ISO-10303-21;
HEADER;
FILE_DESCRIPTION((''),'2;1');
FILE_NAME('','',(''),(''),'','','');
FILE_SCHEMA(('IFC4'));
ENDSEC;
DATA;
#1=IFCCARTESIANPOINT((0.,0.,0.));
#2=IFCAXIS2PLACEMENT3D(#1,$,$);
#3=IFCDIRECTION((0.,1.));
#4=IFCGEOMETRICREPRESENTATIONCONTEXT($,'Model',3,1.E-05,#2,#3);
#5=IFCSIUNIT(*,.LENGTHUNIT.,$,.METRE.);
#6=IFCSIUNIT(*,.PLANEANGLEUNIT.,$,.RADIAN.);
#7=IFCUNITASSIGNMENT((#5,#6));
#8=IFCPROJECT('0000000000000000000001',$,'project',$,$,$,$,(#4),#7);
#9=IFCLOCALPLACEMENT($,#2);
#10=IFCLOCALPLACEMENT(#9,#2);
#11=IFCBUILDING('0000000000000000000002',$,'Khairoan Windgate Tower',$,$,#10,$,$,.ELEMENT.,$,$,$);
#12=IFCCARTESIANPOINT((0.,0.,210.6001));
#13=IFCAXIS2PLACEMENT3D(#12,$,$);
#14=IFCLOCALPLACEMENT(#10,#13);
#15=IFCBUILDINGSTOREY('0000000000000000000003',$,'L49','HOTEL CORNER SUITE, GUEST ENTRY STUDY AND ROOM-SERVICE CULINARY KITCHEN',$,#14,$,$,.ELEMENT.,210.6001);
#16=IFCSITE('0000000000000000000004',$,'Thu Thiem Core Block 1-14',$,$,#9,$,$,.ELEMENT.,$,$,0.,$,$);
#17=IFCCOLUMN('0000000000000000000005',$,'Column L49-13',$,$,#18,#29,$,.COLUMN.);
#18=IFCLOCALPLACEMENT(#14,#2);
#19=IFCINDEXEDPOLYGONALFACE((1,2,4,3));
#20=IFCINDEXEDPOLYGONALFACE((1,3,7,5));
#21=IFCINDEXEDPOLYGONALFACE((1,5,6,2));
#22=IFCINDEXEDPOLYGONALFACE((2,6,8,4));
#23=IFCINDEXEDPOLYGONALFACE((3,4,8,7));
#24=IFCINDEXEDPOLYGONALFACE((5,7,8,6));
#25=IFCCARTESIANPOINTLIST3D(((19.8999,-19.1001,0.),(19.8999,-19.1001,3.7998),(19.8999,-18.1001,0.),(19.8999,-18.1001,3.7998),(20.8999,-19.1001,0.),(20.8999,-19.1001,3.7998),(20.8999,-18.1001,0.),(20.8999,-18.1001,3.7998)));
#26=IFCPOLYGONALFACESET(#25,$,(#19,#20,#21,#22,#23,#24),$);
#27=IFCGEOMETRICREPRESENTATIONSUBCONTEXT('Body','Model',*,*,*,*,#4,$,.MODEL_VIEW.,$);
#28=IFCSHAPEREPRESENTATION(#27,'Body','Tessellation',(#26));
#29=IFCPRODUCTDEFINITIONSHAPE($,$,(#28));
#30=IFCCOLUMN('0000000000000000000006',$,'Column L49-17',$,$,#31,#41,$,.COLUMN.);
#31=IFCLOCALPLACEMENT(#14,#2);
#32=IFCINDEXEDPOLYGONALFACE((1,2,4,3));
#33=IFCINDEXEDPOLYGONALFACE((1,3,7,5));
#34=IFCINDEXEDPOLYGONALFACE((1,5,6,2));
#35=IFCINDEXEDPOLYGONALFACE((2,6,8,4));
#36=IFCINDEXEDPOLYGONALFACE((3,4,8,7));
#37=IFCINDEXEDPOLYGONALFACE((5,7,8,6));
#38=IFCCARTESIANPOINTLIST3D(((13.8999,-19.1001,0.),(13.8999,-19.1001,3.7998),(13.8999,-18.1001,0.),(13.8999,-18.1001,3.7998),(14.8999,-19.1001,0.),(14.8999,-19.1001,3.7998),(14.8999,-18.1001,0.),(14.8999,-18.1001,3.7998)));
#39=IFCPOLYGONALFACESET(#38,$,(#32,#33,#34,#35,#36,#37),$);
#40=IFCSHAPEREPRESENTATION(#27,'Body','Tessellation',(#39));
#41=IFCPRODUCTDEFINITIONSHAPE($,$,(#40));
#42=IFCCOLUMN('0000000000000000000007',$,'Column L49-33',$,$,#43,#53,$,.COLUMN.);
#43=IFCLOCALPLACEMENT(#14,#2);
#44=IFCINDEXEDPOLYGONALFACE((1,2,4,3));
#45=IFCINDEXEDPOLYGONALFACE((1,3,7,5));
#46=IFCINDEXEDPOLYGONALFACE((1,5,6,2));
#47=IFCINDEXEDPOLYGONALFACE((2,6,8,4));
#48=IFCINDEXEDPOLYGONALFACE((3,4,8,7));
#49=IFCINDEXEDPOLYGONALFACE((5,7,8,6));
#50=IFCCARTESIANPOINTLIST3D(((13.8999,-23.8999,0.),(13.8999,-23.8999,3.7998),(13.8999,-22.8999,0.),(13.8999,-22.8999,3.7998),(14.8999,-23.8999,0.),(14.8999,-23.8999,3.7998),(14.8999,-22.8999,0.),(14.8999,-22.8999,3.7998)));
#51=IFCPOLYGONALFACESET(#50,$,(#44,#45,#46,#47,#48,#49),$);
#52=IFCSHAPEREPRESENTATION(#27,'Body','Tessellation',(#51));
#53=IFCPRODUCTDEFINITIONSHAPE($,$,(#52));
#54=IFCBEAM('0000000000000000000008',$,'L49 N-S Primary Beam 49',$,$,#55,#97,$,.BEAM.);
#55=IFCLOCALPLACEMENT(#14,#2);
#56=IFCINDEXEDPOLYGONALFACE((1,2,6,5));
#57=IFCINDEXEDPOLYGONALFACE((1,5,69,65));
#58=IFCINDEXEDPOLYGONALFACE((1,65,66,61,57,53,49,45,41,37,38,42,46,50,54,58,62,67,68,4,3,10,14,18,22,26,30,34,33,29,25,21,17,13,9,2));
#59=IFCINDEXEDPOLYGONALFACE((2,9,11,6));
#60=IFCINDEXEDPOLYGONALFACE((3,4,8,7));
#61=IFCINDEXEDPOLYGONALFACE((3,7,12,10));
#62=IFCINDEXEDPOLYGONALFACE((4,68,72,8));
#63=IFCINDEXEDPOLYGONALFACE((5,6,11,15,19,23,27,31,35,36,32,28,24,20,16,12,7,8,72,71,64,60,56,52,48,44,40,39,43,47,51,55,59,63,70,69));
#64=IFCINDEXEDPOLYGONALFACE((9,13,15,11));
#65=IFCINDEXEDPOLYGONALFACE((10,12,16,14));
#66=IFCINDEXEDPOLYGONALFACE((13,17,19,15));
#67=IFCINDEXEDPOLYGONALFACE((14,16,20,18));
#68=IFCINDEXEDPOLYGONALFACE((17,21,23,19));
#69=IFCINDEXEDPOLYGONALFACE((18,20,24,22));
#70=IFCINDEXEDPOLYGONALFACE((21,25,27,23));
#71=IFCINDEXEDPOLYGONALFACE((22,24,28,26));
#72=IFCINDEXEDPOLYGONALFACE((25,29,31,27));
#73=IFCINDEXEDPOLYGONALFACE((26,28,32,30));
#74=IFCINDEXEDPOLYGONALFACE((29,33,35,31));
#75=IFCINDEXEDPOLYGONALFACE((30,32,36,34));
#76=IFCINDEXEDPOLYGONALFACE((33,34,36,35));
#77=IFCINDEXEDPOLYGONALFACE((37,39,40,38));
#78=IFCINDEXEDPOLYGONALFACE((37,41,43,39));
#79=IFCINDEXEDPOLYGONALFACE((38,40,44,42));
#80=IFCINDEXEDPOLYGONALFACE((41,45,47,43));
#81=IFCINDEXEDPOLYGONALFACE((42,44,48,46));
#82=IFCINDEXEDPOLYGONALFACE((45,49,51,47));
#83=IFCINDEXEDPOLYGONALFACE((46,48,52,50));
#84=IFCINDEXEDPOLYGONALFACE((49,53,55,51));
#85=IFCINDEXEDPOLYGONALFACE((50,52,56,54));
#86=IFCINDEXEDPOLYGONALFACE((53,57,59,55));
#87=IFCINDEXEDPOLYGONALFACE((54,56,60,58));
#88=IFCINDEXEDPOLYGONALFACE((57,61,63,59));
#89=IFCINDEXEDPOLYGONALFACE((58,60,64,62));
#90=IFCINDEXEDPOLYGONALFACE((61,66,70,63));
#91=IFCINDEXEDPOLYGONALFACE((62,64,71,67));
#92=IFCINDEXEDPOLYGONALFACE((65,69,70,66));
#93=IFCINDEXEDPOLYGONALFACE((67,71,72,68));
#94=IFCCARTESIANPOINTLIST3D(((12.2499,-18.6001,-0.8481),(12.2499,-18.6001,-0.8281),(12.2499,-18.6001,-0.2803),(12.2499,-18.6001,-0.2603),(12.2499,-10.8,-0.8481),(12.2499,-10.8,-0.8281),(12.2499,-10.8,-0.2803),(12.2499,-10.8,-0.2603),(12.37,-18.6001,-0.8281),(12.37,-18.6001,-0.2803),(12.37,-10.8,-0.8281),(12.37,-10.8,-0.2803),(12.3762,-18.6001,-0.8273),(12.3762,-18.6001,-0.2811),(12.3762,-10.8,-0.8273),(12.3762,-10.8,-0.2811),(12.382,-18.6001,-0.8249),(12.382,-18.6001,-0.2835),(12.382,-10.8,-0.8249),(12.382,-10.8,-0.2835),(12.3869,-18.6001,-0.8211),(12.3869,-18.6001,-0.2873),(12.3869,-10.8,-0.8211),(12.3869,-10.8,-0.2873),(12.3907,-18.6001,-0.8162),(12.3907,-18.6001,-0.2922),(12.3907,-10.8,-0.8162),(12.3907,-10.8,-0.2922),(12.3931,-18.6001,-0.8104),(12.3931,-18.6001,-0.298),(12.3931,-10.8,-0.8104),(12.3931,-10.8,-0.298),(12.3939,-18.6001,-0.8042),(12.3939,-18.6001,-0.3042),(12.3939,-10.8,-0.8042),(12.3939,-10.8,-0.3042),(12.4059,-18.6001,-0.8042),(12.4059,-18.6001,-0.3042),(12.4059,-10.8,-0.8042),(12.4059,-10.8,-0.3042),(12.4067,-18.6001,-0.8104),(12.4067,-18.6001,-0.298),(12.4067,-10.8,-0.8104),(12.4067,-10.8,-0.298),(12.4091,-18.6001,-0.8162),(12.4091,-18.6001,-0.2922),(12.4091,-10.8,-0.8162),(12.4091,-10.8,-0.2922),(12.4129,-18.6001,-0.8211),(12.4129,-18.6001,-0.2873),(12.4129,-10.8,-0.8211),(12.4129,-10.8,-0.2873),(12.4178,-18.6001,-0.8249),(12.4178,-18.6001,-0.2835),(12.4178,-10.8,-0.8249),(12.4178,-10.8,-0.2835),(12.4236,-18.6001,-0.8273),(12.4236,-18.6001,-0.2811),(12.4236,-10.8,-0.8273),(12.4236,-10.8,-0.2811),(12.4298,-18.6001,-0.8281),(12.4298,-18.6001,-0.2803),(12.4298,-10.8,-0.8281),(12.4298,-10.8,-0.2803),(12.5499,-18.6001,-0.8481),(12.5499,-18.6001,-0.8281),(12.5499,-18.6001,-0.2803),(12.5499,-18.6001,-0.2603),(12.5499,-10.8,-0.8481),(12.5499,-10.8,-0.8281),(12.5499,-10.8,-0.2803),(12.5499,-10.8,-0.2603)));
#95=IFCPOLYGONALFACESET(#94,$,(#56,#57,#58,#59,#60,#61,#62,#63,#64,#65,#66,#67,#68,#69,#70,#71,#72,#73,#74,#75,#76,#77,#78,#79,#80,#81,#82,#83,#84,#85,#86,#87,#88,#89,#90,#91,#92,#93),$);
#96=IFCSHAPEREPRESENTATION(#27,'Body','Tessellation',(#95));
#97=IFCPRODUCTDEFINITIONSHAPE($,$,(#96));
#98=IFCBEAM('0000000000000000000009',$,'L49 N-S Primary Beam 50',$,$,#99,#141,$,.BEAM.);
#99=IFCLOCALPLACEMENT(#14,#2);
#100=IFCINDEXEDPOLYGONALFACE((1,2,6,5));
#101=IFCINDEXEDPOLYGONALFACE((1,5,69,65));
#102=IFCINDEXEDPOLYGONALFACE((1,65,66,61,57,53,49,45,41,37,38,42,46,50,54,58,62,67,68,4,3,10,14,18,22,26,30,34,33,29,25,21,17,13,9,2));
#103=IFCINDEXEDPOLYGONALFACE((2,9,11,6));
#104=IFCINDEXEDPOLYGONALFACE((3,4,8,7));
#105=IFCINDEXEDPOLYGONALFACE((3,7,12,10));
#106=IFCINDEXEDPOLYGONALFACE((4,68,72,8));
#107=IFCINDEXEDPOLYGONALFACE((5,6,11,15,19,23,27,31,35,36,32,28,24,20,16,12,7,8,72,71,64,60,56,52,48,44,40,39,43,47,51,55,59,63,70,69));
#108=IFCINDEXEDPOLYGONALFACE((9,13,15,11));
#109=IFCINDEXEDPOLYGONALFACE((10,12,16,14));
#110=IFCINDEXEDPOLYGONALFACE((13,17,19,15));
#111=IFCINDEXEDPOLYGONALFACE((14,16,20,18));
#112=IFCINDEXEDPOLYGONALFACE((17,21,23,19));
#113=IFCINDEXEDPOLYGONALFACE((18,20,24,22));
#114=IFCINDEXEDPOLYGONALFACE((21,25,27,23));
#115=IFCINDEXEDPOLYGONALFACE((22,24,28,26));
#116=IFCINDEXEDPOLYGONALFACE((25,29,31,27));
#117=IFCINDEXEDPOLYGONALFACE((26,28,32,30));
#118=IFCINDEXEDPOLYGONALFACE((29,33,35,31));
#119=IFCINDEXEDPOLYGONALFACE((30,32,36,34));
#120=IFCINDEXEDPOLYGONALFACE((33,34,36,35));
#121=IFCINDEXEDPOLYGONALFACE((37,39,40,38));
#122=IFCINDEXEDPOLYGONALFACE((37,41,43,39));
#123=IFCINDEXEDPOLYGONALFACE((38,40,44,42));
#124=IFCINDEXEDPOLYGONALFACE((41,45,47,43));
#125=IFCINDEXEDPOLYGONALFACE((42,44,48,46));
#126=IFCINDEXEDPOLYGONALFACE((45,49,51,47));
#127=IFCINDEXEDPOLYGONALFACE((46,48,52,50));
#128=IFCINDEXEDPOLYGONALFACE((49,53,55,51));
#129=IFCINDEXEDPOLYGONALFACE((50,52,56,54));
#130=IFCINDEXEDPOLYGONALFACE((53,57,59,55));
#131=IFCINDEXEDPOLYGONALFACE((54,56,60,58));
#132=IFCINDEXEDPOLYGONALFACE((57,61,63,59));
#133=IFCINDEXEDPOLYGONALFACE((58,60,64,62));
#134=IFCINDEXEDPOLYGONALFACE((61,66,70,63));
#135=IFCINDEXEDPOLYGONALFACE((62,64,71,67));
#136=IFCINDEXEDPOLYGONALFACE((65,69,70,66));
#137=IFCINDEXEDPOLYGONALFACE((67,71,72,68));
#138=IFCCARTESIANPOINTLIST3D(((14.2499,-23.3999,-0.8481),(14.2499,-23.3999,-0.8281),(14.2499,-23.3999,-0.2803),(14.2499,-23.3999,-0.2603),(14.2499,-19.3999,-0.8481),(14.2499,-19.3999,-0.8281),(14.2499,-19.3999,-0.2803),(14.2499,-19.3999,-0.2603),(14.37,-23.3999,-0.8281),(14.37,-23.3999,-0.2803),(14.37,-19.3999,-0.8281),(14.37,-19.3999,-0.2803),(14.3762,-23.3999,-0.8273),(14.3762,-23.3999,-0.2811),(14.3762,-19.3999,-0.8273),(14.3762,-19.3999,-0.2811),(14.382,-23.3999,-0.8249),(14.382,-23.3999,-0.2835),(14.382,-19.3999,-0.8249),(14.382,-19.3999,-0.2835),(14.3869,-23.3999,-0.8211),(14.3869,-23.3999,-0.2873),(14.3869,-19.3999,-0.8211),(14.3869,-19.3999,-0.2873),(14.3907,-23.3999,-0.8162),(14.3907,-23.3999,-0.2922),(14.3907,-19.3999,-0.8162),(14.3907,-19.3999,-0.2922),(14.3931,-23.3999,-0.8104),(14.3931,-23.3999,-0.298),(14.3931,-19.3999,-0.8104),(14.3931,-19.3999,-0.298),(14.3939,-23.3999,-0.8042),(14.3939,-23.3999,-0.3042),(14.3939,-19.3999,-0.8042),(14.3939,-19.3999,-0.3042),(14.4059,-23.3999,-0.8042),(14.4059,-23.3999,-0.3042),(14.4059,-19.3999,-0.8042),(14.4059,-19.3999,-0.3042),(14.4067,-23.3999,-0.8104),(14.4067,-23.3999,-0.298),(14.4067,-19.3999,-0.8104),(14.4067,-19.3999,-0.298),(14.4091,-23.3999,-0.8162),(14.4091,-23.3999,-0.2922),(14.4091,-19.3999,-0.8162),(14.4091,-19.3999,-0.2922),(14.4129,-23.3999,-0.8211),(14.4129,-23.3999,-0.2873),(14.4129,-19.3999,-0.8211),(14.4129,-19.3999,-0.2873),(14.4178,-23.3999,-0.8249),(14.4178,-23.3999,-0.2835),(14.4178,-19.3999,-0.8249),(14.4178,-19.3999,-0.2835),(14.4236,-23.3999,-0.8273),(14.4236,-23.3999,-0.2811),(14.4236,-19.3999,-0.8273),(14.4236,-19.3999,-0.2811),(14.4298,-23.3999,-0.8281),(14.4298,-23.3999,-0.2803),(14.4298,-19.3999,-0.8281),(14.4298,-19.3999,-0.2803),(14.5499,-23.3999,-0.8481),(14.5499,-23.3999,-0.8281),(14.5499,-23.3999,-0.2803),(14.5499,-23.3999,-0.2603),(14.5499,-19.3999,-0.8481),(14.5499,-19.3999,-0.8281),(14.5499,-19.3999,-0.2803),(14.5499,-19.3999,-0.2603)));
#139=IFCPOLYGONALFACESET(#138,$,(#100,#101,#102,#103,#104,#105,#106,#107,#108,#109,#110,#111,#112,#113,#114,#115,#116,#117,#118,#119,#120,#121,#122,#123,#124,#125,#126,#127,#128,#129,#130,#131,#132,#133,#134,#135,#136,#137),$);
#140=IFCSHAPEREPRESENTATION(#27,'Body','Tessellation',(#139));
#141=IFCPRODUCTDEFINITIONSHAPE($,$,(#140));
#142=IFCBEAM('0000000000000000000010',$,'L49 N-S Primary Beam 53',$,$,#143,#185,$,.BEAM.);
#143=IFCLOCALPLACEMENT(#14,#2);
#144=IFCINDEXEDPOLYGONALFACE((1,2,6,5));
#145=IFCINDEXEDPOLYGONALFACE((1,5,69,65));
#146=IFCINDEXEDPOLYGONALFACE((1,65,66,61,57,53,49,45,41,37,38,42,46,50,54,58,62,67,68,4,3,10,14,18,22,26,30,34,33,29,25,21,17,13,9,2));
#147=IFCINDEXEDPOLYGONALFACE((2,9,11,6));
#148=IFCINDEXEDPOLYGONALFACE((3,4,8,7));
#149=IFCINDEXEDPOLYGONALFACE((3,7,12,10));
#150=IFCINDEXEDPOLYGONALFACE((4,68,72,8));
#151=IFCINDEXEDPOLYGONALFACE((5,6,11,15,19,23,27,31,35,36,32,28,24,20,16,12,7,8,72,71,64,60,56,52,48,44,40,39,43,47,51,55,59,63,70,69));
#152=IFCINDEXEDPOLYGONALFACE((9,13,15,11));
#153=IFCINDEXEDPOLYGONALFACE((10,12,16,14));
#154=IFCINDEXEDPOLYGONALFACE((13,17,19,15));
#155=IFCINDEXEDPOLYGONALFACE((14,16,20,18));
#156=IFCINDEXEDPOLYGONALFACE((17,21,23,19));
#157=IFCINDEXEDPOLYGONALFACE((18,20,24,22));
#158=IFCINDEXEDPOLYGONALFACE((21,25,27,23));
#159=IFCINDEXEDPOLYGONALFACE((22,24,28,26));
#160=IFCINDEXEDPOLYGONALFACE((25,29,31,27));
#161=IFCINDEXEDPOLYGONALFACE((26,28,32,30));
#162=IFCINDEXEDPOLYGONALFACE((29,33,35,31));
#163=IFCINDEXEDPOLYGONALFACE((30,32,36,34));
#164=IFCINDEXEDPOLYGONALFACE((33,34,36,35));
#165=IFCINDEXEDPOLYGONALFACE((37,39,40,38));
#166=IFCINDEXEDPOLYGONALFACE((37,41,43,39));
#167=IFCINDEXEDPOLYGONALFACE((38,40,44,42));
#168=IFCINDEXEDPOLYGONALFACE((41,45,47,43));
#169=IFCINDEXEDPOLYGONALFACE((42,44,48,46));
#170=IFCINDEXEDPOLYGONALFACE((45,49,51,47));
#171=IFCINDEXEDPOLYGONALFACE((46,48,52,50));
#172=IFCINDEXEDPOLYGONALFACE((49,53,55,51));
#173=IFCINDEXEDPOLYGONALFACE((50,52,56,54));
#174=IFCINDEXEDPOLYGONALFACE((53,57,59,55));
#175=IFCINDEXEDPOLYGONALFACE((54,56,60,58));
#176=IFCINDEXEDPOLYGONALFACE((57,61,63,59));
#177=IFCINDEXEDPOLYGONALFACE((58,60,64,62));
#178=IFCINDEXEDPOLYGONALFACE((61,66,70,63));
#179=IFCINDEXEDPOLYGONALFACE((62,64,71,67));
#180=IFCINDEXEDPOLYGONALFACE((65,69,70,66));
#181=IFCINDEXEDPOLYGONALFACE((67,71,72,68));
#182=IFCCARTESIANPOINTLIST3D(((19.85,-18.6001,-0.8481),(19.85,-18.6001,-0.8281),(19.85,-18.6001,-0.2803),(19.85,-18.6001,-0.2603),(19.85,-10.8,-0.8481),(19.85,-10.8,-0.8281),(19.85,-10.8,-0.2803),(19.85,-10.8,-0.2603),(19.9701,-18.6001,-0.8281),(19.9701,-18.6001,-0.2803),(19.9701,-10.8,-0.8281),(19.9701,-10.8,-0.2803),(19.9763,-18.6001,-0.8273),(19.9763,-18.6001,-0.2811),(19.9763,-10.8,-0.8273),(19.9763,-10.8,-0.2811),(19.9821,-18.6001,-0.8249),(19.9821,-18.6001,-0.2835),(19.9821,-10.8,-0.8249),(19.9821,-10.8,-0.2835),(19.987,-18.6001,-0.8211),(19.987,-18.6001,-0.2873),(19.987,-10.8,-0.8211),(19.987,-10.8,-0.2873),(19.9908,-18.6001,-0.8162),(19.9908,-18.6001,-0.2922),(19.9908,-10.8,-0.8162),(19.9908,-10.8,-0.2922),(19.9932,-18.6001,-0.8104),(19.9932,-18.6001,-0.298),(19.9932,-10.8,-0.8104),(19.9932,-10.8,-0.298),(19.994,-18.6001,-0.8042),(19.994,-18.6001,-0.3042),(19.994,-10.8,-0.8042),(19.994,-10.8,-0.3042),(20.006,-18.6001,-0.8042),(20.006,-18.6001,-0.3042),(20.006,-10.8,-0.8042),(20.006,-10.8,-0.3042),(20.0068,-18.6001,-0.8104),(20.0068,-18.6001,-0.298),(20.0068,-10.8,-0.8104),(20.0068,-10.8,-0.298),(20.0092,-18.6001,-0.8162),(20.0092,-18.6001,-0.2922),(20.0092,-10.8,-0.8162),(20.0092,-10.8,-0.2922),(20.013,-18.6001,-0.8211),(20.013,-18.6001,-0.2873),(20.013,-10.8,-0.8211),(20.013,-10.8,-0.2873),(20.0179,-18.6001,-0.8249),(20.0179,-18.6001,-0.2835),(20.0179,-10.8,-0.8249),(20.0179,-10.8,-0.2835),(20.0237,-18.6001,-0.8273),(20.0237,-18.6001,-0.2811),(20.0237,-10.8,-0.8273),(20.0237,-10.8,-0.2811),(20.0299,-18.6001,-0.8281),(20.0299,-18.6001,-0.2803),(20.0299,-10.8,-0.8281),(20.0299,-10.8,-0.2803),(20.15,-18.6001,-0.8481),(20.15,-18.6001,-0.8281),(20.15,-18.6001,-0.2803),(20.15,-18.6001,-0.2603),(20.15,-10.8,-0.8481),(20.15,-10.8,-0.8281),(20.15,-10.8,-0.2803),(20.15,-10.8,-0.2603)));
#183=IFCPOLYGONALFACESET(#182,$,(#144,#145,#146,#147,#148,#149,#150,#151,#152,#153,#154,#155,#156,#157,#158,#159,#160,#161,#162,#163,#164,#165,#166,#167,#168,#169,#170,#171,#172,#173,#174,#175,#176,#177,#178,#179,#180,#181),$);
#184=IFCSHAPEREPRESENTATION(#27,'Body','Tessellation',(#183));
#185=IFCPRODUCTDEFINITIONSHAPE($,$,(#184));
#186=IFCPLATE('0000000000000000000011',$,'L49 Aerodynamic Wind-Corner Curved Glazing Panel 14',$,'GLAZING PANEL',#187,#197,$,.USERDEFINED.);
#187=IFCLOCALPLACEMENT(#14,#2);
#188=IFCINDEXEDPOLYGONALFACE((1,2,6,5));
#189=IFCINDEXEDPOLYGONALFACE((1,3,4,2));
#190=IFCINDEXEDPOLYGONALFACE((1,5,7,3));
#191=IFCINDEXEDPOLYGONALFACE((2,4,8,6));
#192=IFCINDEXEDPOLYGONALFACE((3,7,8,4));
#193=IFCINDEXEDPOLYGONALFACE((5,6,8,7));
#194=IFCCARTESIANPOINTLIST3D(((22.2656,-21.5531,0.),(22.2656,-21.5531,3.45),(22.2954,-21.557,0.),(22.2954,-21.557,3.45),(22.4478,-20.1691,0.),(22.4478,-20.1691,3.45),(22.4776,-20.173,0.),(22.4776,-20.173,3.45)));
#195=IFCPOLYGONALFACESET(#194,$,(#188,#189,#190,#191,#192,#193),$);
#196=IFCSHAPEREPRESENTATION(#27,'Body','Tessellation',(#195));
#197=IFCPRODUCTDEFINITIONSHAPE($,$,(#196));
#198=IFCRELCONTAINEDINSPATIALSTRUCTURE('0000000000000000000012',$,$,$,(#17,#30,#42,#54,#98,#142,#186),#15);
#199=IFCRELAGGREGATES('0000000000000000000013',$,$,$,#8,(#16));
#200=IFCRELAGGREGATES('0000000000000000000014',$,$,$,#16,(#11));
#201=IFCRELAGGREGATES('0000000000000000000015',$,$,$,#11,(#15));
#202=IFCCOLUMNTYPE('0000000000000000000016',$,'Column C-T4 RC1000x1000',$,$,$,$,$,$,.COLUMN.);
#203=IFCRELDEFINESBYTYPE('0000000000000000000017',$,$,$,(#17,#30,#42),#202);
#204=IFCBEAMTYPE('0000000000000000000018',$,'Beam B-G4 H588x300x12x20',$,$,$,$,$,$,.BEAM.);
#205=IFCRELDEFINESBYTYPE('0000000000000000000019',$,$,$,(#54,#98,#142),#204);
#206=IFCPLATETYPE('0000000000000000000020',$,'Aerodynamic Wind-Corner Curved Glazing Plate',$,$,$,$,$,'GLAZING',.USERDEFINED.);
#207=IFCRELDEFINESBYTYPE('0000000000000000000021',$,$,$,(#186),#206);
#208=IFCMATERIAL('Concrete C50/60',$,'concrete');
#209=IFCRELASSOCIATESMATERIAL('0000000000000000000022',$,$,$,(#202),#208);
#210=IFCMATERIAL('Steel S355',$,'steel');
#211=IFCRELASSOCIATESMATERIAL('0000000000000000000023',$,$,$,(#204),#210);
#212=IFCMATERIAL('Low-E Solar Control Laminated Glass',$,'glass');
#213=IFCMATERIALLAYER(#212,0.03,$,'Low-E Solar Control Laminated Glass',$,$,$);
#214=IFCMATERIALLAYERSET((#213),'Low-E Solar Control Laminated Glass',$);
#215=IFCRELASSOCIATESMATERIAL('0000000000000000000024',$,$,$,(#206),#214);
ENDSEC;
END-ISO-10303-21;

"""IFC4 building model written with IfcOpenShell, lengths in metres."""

from ifc_helpers import new_model, si_unit, direction, frame, origin, origin_2d, place, context, subcontext, project, spatial, rectangle, i_section, extrude, material, layer, layer_set, material_profile, profile_set, type_object, element, save


model = new_model("IFC4")

# Units and contexts
model_context = context("Model", 3, precision=1e-05, world=origin(), true_north=direction((0.0, 1.0)))
body_context = subcontext(model_context, "Body", "Model", "MODEL_VIEW")
ifc_project = project(units=[si_unit("LENGTHUNIT", "METRE"), si_unit("PLANEANGLEUNIT", "RADIAN")], contexts=[model_context])

# Site, building, storey
site_placement = place(None, origin())
site = spatial("IfcSite", under=ifc_project, at=site_placement, Name="Thu Thiem Core Block 1-14", CompositionType="ELEMENT", RefElevation=0.0)
building_placement = place(site_placement, origin())
building = spatial("IfcBuilding", under=site, at=building_placement, Name="Khairoan Windgate Tower", CompositionType="ELEMENT")
storey_placement = place(building_placement, frame((0.0, 0.0, 210.6001)))
storey = spatial("IfcBuildingStorey", under=building, at=storey_placement, Name="L49", Description="HOTEL CORNER SUITE, GUEST ENTRY STUDY AND ROOM-SERVICE CULINARY KITCHEN", CompositionType="ELEMENT", Elevation=210.6001)

# Columns
ifc_material_1 = material(Name="Concrete C50/60", Category="concrete")
ifc_material_profile_1 = material_profile(ifc_material_1, rectangle(XDim=1.0, YDim=1.0, at=origin_2d()))
ifc_profile_set_1 = profile_set([ifc_material_profile_1], Name="Concrete C50/60")
column_type = type_object("IfcColumnType", Name="Column C-T4 RC1000x1000", PredefinedType="COLUMN", material=ifc_profile_set_1)
for number, where, z_axis, x_axis, name in (
    (1, (20.3999, -18.6001, 0.0), (0.0, 0.0, 1.0), (1.0, 0.0, 0.0), "Column L49-13"),
    (2, (14.3999, -18.6001, 0.0), (0.0, 0.0, 1.0), (1.0, 0.0, 0.0), "Column L49-17"),
    (3, (14.3999, -23.3999, 0.0), (0.0, 0.0, 1.0), (1.0, 0.0, 0.0), "Column L49-33"),
):
    element("IfcColumn", number, at=place(storey_placement, frame(where, z_axis=z_axis, x_axis=x_axis)), inside=storey, type_object=column_type, Name=name, PredefinedType="COLUMN", context=body_context, shape_type="SweptSolid", body=[
        extrude(rectangle(XDim=1.0, YDim=1.0, at=origin_2d()), origin(), (0.0, 0.0, 1.0), 3.7998),
    ])

# Beams
ifc_material_2 = material(Name="Steel S355", Category="steel")
ifc_material_profile_2 = material_profile(ifc_material_2, i_section(OverallWidth=0.3, OverallDepth=0.5879, WebThickness=0.012, FlangeThickness=0.02, FilletRadius=0.0239, at=origin_2d()))
ifc_profile_set_2 = profile_set([ifc_material_profile_2], Name="Steel S355")
beam_type = type_object("IfcBeamType", Name="Beam B-G4 H588x300x12x20", PredefinedType="BEAM", material=ifc_profile_set_2)
beam_1_placement = place(storey_placement, frame((12.3999, -18.6001, -0.5542), z_axis=(0.0, 1.0, 0.0), x_axis=(-1.0, 0.0, 0.0)))
element("IfcBeam", 4, at=beam_1_placement, inside=storey, type_object=beam_type, Name="L49 N-S Primary Beam 49", PredefinedType="BEAM", context=body_context, shape_type="SweptSolid", body=[
    extrude(i_section(OverallWidth=0.3, OverallDepth=0.5879, WebThickness=0.012, FlangeThickness=0.02, FilletRadius=0.0239, at=origin_2d()), origin(), (0.0, 0.0, 1.0), 7.8),
])
beam_2_placement = place(storey_placement, frame((14.3999, -23.3999, -0.5542), z_axis=(0.0, 1.0, 0.0), x_axis=(-1.0, 0.0, 0.0)))
element("IfcBeam", 5, at=beam_2_placement, inside=storey, type_object=beam_type, Name="L49 N-S Primary Beam 50", PredefinedType="BEAM", context=body_context, shape_type="SweptSolid", body=[
    extrude(i_section(OverallWidth=0.3, OverallDepth=0.5879, WebThickness=0.012, FlangeThickness=0.02, FilletRadius=0.0239, at=origin_2d()), origin(), (0.0, 0.0, 1.0), 4.0),
])
beam_3_placement = place(storey_placement, frame((20.0, -18.6001, -0.5542), z_axis=(0.0, 1.0, 0.0), x_axis=(-1.0, 0.0, 0.0)))
element("IfcBeam", 6, at=beam_3_placement, inside=storey, type_object=beam_type, Name="L49 N-S Primary Beam 53", PredefinedType="BEAM", context=body_context, shape_type="SweptSolid", body=[
    extrude(i_section(OverallWidth=0.3, OverallDepth=0.5879, WebThickness=0.012, FlangeThickness=0.02, FilletRadius=0.0239, at=origin_2d()), origin(), (0.0, 0.0, 1.0), 7.8),
])

# Plate
ifc_material_3 = material(Name="Low-E Solar Control Laminated Glass", Category="glass")
ifc_layer_1 = layer(ifc_material_3, 0.03, Name="Low-E Solar Control Laminated Glass")
ifc_layer_set_1 = layer_set([ifc_layer_1], Name="Low-E Solar Control Laminated Glass")
plate_type_1 = type_object("IfcPlateType", Name="Aerodynamic Wind-Corner Curved Glazing Plate", ElementType="GLAZING", PredefinedType="USERDEFINED", material=ifc_layer_set_1)
plate_1_placement = place(storey_placement, frame((22.3716, -20.863, 0.0), z_axis=(0.0, 0.0, 1.0), x_axis=(-0.130526, -0.991445, 0.0)))
element("IfcPlate", 7, at=plate_1_placement, inside=storey, type_object=plate_type_1, Name="L49 Aerodynamic Wind-Corner Curved Glazing Panel 14", ObjectType="GLAZING PANEL", PredefinedType="USERDEFINED", context=body_context, shape_type="SweptSolid", body=[
    extrude(rectangle(XDim=1.396, YDim=0.03, at=origin_2d()), origin(), (0.0, 0.0, 1.0), 3.45),
])

save(model, "model.ifc")
